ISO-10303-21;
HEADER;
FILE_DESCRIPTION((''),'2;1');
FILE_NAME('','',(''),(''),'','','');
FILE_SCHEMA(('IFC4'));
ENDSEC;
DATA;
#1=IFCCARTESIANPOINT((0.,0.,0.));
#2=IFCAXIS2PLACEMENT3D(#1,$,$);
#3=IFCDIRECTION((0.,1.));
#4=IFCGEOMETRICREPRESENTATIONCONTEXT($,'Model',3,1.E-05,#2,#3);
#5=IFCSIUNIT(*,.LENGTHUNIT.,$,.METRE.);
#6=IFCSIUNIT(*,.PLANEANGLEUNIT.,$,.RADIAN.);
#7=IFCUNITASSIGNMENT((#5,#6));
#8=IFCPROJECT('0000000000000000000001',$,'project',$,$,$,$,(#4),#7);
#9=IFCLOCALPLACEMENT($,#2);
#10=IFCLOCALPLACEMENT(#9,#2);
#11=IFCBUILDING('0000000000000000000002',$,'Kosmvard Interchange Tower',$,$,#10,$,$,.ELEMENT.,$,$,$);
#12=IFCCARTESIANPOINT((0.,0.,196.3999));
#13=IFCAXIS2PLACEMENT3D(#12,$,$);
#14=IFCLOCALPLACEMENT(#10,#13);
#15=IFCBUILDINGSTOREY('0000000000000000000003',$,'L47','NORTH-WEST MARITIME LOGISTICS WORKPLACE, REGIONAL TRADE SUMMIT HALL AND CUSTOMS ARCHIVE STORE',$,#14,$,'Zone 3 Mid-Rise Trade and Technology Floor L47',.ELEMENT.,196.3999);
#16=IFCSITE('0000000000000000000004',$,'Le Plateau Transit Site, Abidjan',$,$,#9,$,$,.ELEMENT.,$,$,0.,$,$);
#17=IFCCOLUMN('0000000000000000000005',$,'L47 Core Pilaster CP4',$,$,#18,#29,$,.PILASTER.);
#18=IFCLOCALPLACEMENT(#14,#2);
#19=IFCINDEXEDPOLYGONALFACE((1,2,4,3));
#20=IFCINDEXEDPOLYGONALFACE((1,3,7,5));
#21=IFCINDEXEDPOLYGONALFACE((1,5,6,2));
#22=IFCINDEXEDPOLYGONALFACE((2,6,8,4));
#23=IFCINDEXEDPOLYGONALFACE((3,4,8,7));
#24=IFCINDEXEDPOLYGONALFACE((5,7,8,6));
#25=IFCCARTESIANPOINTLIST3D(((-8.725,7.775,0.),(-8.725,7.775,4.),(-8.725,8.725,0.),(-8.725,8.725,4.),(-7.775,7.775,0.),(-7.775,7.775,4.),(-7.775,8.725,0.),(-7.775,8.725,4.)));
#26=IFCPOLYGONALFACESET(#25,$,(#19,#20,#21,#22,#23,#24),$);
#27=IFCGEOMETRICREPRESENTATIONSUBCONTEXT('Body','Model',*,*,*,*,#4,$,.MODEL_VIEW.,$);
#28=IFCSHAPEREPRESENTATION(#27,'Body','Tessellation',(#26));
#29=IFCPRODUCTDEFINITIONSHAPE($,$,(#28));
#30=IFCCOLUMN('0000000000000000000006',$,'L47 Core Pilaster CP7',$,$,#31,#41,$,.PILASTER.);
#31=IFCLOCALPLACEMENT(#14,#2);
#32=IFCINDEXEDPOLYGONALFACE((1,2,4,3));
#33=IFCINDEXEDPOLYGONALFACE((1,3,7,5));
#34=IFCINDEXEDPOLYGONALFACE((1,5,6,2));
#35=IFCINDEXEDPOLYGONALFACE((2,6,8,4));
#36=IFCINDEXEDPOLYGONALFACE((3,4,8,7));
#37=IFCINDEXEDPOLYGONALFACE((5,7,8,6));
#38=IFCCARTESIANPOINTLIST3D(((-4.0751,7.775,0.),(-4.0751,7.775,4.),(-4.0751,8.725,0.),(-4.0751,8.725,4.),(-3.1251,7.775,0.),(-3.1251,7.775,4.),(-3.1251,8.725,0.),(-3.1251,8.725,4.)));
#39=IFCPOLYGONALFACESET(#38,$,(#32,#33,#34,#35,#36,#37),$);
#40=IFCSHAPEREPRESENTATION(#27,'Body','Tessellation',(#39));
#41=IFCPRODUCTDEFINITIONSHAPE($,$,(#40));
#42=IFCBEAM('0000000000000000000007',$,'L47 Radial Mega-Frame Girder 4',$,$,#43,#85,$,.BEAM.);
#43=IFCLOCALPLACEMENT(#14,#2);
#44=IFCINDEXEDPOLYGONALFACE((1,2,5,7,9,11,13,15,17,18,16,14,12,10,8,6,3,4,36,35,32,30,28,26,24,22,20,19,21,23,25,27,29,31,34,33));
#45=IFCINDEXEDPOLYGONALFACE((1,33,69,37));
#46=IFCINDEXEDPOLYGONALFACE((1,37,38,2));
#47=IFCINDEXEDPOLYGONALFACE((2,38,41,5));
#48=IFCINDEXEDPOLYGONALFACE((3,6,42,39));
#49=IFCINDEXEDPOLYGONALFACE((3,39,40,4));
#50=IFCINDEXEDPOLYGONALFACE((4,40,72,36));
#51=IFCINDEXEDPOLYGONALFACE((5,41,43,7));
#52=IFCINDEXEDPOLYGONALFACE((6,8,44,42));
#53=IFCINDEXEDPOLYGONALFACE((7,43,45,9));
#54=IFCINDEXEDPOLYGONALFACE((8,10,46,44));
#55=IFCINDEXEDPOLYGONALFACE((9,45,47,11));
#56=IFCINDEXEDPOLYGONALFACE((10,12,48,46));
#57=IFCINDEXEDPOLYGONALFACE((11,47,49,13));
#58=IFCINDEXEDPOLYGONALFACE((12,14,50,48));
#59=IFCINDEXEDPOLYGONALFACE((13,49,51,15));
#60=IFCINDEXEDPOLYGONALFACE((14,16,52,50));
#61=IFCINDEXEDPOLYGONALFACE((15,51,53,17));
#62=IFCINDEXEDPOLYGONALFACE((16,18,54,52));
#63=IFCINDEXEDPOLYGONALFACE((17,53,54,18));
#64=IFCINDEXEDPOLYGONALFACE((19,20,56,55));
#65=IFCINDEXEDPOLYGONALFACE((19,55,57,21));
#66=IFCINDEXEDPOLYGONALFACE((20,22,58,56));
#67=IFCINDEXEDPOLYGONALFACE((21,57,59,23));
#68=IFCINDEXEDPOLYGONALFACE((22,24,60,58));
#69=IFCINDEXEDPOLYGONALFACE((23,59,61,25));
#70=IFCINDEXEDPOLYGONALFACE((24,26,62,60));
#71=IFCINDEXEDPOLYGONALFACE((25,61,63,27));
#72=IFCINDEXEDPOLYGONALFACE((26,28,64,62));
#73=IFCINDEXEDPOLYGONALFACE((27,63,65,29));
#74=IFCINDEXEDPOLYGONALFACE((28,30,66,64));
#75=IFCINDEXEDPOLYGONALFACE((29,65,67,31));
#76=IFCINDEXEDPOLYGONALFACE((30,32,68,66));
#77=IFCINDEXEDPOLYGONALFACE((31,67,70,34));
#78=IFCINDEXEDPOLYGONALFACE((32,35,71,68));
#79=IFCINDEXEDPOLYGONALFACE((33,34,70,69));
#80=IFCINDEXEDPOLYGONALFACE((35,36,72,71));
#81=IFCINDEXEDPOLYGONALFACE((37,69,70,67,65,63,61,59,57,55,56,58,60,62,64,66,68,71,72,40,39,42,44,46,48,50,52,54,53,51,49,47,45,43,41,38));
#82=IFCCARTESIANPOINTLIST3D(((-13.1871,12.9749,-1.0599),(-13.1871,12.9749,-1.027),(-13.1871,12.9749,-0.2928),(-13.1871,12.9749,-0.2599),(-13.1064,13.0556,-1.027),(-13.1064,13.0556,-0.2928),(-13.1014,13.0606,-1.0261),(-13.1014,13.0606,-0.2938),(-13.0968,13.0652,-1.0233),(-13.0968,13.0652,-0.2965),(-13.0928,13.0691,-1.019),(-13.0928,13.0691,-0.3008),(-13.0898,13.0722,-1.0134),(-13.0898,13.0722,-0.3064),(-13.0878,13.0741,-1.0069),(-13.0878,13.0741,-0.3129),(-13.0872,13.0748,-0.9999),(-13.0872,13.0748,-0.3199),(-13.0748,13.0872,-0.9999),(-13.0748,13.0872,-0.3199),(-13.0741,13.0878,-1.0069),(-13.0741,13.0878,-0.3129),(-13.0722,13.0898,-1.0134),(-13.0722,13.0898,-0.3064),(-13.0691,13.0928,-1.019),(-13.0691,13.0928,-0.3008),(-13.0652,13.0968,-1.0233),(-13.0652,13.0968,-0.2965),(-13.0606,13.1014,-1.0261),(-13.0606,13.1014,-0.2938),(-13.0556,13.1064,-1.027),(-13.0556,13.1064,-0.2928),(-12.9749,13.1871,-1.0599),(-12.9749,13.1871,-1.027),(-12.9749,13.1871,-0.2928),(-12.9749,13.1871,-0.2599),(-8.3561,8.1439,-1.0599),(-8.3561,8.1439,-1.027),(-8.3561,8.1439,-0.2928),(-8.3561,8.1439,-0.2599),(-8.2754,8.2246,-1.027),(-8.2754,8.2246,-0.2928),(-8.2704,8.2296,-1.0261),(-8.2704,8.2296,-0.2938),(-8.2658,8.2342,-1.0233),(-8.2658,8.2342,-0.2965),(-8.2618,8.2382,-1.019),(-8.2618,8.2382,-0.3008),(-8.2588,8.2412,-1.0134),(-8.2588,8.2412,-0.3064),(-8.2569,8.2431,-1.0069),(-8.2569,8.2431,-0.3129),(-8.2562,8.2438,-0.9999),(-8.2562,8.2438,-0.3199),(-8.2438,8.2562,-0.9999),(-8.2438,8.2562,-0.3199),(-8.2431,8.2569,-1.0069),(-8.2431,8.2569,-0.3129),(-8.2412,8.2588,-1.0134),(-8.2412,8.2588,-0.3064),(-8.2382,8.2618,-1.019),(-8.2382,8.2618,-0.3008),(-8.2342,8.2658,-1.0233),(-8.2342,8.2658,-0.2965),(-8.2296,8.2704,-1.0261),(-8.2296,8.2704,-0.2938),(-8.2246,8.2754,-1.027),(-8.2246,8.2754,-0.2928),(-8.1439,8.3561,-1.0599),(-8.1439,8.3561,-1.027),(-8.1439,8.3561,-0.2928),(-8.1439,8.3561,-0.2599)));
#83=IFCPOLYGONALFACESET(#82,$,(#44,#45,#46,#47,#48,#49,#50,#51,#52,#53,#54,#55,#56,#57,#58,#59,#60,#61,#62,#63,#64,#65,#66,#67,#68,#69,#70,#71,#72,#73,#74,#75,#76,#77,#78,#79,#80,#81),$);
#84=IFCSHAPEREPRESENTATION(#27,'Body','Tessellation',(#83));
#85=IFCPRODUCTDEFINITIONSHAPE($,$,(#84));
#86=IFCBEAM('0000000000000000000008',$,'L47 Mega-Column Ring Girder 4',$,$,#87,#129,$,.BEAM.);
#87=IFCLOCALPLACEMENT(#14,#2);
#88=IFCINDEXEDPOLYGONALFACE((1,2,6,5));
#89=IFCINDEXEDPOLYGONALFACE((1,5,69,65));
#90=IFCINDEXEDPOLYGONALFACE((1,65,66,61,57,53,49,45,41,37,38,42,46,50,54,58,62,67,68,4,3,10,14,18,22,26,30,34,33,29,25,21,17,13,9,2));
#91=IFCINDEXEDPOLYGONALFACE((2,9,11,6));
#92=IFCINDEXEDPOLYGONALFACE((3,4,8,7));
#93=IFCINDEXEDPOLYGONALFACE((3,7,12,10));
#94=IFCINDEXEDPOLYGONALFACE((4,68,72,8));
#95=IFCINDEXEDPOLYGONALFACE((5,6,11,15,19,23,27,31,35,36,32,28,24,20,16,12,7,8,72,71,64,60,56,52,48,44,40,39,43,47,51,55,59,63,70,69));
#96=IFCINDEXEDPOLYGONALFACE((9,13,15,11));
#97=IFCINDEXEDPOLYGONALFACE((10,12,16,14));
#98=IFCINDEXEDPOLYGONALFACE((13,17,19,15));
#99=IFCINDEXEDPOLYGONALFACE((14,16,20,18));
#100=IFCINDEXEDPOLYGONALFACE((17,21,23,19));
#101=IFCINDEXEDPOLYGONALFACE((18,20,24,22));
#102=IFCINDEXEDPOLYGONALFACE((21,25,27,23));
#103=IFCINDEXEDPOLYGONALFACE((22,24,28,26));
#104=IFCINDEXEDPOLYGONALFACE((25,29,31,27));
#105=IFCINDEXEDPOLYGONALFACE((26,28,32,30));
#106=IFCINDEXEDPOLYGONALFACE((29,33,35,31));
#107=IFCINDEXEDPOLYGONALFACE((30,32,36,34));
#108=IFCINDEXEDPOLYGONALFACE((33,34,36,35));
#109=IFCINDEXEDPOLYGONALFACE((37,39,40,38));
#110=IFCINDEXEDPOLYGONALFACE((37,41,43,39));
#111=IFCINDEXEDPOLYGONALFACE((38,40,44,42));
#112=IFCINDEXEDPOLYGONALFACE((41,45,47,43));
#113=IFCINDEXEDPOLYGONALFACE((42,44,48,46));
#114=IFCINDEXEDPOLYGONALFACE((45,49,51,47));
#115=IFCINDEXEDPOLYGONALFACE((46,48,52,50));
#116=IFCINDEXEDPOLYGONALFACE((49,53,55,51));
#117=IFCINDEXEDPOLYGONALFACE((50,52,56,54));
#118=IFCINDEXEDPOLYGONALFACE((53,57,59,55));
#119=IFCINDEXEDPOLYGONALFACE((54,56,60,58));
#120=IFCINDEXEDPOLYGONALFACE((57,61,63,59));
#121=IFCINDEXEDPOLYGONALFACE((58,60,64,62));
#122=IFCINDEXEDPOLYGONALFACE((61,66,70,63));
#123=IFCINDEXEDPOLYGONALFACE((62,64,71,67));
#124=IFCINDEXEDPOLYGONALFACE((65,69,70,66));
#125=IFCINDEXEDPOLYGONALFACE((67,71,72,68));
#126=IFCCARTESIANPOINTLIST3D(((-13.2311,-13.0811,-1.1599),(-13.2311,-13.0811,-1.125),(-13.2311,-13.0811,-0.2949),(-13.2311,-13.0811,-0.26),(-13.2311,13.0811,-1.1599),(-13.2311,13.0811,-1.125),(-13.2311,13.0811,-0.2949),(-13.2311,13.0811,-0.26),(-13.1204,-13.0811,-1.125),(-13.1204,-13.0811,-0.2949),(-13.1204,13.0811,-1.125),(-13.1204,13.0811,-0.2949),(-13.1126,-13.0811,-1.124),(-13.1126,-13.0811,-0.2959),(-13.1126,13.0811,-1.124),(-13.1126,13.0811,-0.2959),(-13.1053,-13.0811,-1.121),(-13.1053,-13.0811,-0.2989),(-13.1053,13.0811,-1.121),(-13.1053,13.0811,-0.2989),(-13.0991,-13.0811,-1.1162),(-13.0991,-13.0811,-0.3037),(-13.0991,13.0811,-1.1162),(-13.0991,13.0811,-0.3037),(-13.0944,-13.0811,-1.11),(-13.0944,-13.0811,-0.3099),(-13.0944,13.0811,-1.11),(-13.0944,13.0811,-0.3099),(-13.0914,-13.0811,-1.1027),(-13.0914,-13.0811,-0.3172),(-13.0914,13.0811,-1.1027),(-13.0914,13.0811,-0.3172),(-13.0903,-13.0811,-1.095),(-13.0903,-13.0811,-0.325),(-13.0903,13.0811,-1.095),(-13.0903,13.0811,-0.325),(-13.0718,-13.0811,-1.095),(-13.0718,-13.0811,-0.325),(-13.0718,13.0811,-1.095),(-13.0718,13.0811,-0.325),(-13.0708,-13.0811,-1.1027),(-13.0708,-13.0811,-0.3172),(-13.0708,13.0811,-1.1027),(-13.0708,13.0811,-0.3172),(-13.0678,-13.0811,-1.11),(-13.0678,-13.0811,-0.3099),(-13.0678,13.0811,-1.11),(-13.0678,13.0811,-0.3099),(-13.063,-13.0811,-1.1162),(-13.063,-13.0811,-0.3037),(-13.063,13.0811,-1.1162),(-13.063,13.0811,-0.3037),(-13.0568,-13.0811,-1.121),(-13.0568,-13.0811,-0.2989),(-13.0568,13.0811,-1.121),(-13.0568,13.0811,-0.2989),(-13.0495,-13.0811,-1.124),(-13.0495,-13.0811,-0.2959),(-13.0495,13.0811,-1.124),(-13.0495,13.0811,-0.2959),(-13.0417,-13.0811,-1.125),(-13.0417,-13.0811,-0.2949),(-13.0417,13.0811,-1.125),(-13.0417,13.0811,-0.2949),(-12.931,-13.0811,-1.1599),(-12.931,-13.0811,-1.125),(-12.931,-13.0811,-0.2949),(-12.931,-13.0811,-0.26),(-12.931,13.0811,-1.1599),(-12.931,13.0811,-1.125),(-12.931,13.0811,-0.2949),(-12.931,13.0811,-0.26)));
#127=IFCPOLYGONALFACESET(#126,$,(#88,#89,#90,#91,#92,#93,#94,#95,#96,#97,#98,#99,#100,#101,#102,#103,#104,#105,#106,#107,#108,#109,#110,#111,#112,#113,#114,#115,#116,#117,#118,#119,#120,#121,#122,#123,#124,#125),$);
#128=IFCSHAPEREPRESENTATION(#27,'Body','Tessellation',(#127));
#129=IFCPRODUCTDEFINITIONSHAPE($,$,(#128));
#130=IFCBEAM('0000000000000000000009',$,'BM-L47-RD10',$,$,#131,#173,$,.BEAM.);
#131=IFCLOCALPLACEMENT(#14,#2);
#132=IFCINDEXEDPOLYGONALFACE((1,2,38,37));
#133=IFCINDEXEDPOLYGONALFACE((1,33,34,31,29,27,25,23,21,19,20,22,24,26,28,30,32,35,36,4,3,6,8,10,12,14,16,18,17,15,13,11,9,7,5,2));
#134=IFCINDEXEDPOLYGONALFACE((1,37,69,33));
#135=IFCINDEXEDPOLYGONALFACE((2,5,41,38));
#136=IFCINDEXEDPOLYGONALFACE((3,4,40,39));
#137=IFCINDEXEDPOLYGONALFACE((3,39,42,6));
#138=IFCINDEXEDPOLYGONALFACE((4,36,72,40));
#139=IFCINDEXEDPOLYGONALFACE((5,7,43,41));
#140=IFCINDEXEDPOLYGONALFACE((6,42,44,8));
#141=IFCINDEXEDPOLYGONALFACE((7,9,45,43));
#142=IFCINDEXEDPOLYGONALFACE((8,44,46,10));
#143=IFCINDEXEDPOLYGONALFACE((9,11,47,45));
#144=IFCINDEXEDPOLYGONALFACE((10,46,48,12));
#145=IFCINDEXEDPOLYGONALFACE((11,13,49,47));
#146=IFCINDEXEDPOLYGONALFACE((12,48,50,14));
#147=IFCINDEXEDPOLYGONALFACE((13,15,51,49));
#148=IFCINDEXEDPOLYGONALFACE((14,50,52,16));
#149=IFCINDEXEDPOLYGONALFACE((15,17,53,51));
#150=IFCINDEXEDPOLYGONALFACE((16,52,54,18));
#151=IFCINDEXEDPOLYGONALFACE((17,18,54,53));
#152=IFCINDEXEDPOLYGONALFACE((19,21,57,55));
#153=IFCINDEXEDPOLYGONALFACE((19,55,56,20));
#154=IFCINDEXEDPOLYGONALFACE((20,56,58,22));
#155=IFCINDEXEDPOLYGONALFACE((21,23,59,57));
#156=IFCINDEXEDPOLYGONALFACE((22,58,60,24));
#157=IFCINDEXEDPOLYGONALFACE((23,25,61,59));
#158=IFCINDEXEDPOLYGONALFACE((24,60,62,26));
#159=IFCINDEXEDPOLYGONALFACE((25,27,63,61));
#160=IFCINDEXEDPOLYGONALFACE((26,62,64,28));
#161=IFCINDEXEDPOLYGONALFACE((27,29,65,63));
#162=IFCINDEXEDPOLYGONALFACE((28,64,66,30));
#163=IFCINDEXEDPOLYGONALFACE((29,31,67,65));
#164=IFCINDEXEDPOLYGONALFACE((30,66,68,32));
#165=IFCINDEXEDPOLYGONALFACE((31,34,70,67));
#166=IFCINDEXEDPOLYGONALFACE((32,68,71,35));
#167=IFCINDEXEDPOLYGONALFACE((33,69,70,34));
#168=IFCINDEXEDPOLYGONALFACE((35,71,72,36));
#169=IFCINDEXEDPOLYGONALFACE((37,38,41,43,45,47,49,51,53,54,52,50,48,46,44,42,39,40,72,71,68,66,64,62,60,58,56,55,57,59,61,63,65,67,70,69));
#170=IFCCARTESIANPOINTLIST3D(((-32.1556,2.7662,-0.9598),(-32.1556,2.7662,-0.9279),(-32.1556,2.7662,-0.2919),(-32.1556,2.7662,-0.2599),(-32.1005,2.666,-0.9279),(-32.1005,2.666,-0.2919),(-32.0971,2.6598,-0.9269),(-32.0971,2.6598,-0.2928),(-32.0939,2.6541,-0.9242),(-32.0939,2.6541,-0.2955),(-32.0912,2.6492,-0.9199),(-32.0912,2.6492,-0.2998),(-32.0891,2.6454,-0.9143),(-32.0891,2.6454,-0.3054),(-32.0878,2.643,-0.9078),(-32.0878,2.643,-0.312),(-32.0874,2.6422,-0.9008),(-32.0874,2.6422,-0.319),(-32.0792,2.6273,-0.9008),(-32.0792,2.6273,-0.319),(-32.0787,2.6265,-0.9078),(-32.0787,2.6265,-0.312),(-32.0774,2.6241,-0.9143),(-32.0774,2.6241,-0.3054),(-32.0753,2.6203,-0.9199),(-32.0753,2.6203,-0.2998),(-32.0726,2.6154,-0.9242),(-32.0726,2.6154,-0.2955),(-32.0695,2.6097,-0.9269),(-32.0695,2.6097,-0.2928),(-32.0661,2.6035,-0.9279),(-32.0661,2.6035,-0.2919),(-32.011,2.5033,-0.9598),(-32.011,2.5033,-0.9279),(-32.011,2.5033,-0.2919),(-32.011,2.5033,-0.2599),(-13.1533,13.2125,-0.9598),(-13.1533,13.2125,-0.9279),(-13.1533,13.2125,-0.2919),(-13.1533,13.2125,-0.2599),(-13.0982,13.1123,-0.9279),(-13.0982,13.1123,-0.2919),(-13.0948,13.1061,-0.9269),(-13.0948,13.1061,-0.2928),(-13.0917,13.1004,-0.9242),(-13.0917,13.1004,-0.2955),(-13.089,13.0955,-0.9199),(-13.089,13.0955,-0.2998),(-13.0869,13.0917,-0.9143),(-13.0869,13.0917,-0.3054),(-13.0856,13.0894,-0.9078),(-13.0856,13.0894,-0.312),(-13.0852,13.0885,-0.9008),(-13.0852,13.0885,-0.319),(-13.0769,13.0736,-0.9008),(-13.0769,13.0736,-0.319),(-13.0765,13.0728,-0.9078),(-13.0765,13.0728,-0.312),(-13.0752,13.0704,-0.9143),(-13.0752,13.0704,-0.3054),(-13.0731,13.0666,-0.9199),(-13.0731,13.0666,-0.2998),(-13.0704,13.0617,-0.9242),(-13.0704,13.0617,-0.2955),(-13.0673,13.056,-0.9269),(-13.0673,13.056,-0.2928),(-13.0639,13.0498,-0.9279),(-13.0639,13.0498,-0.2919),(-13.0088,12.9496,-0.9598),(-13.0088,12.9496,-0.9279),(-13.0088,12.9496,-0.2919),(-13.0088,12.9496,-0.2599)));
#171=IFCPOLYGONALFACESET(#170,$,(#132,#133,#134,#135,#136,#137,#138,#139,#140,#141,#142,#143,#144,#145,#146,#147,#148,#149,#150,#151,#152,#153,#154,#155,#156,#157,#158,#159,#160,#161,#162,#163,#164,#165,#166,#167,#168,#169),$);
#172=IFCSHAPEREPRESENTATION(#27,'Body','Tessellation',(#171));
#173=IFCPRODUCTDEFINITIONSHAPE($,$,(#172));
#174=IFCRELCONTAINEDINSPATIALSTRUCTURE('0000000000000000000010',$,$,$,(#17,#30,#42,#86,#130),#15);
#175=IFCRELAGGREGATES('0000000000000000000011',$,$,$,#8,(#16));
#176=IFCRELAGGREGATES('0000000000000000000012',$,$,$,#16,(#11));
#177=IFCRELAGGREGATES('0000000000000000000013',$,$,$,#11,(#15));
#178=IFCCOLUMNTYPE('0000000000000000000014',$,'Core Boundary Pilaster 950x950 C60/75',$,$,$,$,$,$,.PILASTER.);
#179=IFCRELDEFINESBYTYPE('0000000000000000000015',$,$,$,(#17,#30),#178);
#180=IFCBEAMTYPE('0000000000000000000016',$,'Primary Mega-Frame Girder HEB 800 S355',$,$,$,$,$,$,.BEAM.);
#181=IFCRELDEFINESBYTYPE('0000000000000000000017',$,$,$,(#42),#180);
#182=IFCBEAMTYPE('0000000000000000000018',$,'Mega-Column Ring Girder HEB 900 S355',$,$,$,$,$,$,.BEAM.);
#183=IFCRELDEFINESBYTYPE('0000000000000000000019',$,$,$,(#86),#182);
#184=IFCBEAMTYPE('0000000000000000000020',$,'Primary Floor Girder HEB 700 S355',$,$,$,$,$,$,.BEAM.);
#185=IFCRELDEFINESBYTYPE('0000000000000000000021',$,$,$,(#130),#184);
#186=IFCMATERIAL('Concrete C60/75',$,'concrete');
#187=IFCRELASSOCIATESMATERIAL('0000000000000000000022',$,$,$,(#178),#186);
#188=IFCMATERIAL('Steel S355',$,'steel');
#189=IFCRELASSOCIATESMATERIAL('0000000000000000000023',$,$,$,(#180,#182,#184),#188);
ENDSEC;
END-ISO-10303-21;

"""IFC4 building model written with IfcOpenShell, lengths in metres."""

from ifc_helpers import new_model, si_unit, direction, frame, origin, origin_2d, place, context, subcontext, project, spatial, rectangle, i_section, extrude, source, transform, mapped, material, material_profile, profile_set, type_object, element, save


model = new_model("IFC4")

# Units and contexts
model_context = context("Model", 3, precision=1e-05, world=origin(), true_north=direction((0.0, 1.0)))
body_context = subcontext(model_context, "Body", "Model", "MODEL_VIEW")
ifc_project = project(units=[si_unit("LENGTHUNIT", "METRE"), si_unit("PLANEANGLEUNIT", "RADIAN")], contexts=[model_context])

# Site, building, storey
site_placement = place(None, origin())
site = spatial("IfcSite", under=ifc_project, at=site_placement, Name="Le Plateau Transit Site, Abidjan", CompositionType="ELEMENT", RefElevation=0.0)
building_placement = place(site_placement, origin())
building = spatial("IfcBuilding", under=site, at=building_placement, Name="Kosmvard Interchange Tower", CompositionType="ELEMENT")
storey_placement = place(building_placement, frame((0.0, 0.0, 196.3999)))
storey = spatial("IfcBuildingStorey", under=building, at=storey_placement, Name="L47", Description="NORTH-WEST MARITIME LOGISTICS WORKPLACE, REGIONAL TRADE SUMMIT HALL AND CUSTOMS ARCHIVE STORE", LongName="Zone 3 Mid-Rise Trade and Technology Floor L47", CompositionType="ELEMENT", Elevation=196.3999)

# Columns
ifc_material_1 = material(Name="Concrete C60/75", Category="concrete")
ifc_material_profile_1 = material_profile(ifc_material_1, rectangle(XDim=0.95, YDim=0.95, at=origin_2d()), Name="CP 950x950")
ifc_profile_set_1 = profile_set([ifc_material_profile_1], Name="Concrete C60/75")
column_type = type_object("IfcColumnType", Name="Core Boundary Pilaster 950x950 C60/75", PredefinedType="PILASTER", material=ifc_profile_set_1)
shared_shape_1 = source(origin(), body_context, "Body", "SweptSolid", [
    extrude(rectangle(XDim=0.95, YDim=0.95, at=origin_2d()), origin(), (0.0, 0.0, 1.0), 4.0),
])
for number, where, z_axis, x_axis, name in (
    (1, (-8.25, 8.25, 0.0), (0.0, 0.0, 1.0), (1.0, 0.0, 0.0), "L47 Core Pilaster CP4"),
    (2, (-3.6001, 8.25, 0.0), (0.0, 0.0, 1.0), (1.0, 0.0, 0.0), "L47 Core Pilaster CP7"),
):
    element("IfcColumn", number, at=place(storey_placement, frame(where, z_axis=z_axis, x_axis=x_axis)), inside=storey, type_object=column_type, Name=name, PredefinedType="PILASTER", context=body_context, shape_type="MappedRepresentation", body=[
        mapped(shared_shape_1, transform((0.0, 0.0, 0.0), scale=1.0)),
    ])

# Beams
ifc_material_2 = material(Name="Steel S355", Category="steel")
ifc_material_profile_2 = material_profile(ifc_material_2, i_section(OverallWidth=0.3, OverallDepth=0.8, WebThickness=0.0176, FlangeThickness=0.033, FilletRadius=0.0271, at=origin_2d()), Name="HEB 800")
ifc_profile_set_2 = profile_set([ifc_material_profile_2], Name="Steel S355")
beam_type_1 = type_object("IfcBeamType", Name="Primary Mega-Frame Girder HEB 800 S355", PredefinedType="BEAM", material=ifc_profile_set_2)
shared_shape_2 = source(origin(), body_context, "Body", "SweptSolid", [
    extrude(i_section(OverallWidth=0.3, OverallDepth=0.8, WebThickness=0.0176, FlangeThickness=0.033, FilletRadius=0.0271, at=origin_2d()), origin(), (0.0, 0.0, 1.0), 6.832),
])
beam_1_placement = place(storey_placement, frame((-8.25, 8.25, -0.6599), z_axis=(-0.707107, 0.707107, 0.0), x_axis=(-0.707107, -0.707107, 0.0)))
element("IfcBeam", 3, at=beam_1_placement, inside=storey, type_object=beam_type_1, Name="L47 Radial Mega-Frame Girder 4", PredefinedType="BEAM", context=body_context, shape_type="MappedRepresentation", body=[
    mapped(shared_shape_2, transform((0.0, 0.0, 0.0), scale=1.0)),
])
ifc_material_profile_3 = material_profile(ifc_material_2, i_section(OverallWidth=0.3, OverallDepth=0.8999, WebThickness=0.0186, FlangeThickness=0.0349, FilletRadius=0.03, at=origin_2d()), Name="HEB 900")
ifc_profile_set_3 = profile_set([ifc_material_profile_3], Name="Steel S355")
beam_type_2 = type_object("IfcBeamType", Name="Mega-Column Ring Girder HEB 900 S355", PredefinedType="BEAM", material=ifc_profile_set_3)
shared_shape_3 = source(origin(), body_context, "Body", "SweptSolid", [
    extrude(i_section(OverallWidth=0.3, OverallDepth=0.8999, WebThickness=0.0186, FlangeThickness=0.0349, FilletRadius=0.03, at=origin_2d()), origin(), (0.0, 0.0, 1.0), 26.1621),
])
beam_2_placement = place(storey_placement, frame((-13.0811, 13.0811, -0.71), z_axis=(0.0, -1.0, 0.0), x_axis=(1.0, 0.0, 0.0)))
element("IfcBeam", 4, at=beam_2_placement, inside=storey, type_object=beam_type_2, Name="L47 Mega-Column Ring Girder 4", PredefinedType="BEAM", context=body_context, shape_type="MappedRepresentation", body=[
    mapped(shared_shape_3, transform((0.0, 0.0, 0.0), scale=1.0)),
])
ifc_material_profile_4 = material_profile(ifc_material_2, i_section(OverallWidth=0.3, OverallDepth=0.7, WebThickness=0.0171, FlangeThickness=0.032, FilletRadius=0.0271, at=origin_2d()), Name="HEB 700")
ifc_profile_set_4 = profile_set([ifc_material_profile_4], Name="Steel S355")
beam_type_3 = type_object("IfcBeamType", Name="Primary Floor Girder HEB 700 S355", PredefinedType="BEAM", material=ifc_profile_set_4)
shared_shape_4 = source(origin(), body_context, "Body", "SweptSolid", [
    extrude(i_section(OverallWidth=0.3, OverallDepth=0.7, WebThickness=0.0171, FlangeThickness=0.032, FilletRadius=0.0271, at=origin_2d()), origin(), (0.0, 0.0, 1.0), 21.6843),
])
beam_3_placement = place(storey_placement, frame((-13.0811, 13.0811, -0.6099), z_axis=(-0.876312, -0.481745, 0.0), x_axis=(0.481745, -0.876312, 0.0)))
element("IfcBeam", 5, at=beam_3_placement, inside=storey, type_object=beam_type_3, Name="BM-L47-RD10", PredefinedType="BEAM", context=body_context, shape_type="MappedRepresentation", body=[
    mapped(shared_shape_4, transform((0.0, 0.0, 0.0), scale=1.0)),
])

save(model, "model.ifc")
